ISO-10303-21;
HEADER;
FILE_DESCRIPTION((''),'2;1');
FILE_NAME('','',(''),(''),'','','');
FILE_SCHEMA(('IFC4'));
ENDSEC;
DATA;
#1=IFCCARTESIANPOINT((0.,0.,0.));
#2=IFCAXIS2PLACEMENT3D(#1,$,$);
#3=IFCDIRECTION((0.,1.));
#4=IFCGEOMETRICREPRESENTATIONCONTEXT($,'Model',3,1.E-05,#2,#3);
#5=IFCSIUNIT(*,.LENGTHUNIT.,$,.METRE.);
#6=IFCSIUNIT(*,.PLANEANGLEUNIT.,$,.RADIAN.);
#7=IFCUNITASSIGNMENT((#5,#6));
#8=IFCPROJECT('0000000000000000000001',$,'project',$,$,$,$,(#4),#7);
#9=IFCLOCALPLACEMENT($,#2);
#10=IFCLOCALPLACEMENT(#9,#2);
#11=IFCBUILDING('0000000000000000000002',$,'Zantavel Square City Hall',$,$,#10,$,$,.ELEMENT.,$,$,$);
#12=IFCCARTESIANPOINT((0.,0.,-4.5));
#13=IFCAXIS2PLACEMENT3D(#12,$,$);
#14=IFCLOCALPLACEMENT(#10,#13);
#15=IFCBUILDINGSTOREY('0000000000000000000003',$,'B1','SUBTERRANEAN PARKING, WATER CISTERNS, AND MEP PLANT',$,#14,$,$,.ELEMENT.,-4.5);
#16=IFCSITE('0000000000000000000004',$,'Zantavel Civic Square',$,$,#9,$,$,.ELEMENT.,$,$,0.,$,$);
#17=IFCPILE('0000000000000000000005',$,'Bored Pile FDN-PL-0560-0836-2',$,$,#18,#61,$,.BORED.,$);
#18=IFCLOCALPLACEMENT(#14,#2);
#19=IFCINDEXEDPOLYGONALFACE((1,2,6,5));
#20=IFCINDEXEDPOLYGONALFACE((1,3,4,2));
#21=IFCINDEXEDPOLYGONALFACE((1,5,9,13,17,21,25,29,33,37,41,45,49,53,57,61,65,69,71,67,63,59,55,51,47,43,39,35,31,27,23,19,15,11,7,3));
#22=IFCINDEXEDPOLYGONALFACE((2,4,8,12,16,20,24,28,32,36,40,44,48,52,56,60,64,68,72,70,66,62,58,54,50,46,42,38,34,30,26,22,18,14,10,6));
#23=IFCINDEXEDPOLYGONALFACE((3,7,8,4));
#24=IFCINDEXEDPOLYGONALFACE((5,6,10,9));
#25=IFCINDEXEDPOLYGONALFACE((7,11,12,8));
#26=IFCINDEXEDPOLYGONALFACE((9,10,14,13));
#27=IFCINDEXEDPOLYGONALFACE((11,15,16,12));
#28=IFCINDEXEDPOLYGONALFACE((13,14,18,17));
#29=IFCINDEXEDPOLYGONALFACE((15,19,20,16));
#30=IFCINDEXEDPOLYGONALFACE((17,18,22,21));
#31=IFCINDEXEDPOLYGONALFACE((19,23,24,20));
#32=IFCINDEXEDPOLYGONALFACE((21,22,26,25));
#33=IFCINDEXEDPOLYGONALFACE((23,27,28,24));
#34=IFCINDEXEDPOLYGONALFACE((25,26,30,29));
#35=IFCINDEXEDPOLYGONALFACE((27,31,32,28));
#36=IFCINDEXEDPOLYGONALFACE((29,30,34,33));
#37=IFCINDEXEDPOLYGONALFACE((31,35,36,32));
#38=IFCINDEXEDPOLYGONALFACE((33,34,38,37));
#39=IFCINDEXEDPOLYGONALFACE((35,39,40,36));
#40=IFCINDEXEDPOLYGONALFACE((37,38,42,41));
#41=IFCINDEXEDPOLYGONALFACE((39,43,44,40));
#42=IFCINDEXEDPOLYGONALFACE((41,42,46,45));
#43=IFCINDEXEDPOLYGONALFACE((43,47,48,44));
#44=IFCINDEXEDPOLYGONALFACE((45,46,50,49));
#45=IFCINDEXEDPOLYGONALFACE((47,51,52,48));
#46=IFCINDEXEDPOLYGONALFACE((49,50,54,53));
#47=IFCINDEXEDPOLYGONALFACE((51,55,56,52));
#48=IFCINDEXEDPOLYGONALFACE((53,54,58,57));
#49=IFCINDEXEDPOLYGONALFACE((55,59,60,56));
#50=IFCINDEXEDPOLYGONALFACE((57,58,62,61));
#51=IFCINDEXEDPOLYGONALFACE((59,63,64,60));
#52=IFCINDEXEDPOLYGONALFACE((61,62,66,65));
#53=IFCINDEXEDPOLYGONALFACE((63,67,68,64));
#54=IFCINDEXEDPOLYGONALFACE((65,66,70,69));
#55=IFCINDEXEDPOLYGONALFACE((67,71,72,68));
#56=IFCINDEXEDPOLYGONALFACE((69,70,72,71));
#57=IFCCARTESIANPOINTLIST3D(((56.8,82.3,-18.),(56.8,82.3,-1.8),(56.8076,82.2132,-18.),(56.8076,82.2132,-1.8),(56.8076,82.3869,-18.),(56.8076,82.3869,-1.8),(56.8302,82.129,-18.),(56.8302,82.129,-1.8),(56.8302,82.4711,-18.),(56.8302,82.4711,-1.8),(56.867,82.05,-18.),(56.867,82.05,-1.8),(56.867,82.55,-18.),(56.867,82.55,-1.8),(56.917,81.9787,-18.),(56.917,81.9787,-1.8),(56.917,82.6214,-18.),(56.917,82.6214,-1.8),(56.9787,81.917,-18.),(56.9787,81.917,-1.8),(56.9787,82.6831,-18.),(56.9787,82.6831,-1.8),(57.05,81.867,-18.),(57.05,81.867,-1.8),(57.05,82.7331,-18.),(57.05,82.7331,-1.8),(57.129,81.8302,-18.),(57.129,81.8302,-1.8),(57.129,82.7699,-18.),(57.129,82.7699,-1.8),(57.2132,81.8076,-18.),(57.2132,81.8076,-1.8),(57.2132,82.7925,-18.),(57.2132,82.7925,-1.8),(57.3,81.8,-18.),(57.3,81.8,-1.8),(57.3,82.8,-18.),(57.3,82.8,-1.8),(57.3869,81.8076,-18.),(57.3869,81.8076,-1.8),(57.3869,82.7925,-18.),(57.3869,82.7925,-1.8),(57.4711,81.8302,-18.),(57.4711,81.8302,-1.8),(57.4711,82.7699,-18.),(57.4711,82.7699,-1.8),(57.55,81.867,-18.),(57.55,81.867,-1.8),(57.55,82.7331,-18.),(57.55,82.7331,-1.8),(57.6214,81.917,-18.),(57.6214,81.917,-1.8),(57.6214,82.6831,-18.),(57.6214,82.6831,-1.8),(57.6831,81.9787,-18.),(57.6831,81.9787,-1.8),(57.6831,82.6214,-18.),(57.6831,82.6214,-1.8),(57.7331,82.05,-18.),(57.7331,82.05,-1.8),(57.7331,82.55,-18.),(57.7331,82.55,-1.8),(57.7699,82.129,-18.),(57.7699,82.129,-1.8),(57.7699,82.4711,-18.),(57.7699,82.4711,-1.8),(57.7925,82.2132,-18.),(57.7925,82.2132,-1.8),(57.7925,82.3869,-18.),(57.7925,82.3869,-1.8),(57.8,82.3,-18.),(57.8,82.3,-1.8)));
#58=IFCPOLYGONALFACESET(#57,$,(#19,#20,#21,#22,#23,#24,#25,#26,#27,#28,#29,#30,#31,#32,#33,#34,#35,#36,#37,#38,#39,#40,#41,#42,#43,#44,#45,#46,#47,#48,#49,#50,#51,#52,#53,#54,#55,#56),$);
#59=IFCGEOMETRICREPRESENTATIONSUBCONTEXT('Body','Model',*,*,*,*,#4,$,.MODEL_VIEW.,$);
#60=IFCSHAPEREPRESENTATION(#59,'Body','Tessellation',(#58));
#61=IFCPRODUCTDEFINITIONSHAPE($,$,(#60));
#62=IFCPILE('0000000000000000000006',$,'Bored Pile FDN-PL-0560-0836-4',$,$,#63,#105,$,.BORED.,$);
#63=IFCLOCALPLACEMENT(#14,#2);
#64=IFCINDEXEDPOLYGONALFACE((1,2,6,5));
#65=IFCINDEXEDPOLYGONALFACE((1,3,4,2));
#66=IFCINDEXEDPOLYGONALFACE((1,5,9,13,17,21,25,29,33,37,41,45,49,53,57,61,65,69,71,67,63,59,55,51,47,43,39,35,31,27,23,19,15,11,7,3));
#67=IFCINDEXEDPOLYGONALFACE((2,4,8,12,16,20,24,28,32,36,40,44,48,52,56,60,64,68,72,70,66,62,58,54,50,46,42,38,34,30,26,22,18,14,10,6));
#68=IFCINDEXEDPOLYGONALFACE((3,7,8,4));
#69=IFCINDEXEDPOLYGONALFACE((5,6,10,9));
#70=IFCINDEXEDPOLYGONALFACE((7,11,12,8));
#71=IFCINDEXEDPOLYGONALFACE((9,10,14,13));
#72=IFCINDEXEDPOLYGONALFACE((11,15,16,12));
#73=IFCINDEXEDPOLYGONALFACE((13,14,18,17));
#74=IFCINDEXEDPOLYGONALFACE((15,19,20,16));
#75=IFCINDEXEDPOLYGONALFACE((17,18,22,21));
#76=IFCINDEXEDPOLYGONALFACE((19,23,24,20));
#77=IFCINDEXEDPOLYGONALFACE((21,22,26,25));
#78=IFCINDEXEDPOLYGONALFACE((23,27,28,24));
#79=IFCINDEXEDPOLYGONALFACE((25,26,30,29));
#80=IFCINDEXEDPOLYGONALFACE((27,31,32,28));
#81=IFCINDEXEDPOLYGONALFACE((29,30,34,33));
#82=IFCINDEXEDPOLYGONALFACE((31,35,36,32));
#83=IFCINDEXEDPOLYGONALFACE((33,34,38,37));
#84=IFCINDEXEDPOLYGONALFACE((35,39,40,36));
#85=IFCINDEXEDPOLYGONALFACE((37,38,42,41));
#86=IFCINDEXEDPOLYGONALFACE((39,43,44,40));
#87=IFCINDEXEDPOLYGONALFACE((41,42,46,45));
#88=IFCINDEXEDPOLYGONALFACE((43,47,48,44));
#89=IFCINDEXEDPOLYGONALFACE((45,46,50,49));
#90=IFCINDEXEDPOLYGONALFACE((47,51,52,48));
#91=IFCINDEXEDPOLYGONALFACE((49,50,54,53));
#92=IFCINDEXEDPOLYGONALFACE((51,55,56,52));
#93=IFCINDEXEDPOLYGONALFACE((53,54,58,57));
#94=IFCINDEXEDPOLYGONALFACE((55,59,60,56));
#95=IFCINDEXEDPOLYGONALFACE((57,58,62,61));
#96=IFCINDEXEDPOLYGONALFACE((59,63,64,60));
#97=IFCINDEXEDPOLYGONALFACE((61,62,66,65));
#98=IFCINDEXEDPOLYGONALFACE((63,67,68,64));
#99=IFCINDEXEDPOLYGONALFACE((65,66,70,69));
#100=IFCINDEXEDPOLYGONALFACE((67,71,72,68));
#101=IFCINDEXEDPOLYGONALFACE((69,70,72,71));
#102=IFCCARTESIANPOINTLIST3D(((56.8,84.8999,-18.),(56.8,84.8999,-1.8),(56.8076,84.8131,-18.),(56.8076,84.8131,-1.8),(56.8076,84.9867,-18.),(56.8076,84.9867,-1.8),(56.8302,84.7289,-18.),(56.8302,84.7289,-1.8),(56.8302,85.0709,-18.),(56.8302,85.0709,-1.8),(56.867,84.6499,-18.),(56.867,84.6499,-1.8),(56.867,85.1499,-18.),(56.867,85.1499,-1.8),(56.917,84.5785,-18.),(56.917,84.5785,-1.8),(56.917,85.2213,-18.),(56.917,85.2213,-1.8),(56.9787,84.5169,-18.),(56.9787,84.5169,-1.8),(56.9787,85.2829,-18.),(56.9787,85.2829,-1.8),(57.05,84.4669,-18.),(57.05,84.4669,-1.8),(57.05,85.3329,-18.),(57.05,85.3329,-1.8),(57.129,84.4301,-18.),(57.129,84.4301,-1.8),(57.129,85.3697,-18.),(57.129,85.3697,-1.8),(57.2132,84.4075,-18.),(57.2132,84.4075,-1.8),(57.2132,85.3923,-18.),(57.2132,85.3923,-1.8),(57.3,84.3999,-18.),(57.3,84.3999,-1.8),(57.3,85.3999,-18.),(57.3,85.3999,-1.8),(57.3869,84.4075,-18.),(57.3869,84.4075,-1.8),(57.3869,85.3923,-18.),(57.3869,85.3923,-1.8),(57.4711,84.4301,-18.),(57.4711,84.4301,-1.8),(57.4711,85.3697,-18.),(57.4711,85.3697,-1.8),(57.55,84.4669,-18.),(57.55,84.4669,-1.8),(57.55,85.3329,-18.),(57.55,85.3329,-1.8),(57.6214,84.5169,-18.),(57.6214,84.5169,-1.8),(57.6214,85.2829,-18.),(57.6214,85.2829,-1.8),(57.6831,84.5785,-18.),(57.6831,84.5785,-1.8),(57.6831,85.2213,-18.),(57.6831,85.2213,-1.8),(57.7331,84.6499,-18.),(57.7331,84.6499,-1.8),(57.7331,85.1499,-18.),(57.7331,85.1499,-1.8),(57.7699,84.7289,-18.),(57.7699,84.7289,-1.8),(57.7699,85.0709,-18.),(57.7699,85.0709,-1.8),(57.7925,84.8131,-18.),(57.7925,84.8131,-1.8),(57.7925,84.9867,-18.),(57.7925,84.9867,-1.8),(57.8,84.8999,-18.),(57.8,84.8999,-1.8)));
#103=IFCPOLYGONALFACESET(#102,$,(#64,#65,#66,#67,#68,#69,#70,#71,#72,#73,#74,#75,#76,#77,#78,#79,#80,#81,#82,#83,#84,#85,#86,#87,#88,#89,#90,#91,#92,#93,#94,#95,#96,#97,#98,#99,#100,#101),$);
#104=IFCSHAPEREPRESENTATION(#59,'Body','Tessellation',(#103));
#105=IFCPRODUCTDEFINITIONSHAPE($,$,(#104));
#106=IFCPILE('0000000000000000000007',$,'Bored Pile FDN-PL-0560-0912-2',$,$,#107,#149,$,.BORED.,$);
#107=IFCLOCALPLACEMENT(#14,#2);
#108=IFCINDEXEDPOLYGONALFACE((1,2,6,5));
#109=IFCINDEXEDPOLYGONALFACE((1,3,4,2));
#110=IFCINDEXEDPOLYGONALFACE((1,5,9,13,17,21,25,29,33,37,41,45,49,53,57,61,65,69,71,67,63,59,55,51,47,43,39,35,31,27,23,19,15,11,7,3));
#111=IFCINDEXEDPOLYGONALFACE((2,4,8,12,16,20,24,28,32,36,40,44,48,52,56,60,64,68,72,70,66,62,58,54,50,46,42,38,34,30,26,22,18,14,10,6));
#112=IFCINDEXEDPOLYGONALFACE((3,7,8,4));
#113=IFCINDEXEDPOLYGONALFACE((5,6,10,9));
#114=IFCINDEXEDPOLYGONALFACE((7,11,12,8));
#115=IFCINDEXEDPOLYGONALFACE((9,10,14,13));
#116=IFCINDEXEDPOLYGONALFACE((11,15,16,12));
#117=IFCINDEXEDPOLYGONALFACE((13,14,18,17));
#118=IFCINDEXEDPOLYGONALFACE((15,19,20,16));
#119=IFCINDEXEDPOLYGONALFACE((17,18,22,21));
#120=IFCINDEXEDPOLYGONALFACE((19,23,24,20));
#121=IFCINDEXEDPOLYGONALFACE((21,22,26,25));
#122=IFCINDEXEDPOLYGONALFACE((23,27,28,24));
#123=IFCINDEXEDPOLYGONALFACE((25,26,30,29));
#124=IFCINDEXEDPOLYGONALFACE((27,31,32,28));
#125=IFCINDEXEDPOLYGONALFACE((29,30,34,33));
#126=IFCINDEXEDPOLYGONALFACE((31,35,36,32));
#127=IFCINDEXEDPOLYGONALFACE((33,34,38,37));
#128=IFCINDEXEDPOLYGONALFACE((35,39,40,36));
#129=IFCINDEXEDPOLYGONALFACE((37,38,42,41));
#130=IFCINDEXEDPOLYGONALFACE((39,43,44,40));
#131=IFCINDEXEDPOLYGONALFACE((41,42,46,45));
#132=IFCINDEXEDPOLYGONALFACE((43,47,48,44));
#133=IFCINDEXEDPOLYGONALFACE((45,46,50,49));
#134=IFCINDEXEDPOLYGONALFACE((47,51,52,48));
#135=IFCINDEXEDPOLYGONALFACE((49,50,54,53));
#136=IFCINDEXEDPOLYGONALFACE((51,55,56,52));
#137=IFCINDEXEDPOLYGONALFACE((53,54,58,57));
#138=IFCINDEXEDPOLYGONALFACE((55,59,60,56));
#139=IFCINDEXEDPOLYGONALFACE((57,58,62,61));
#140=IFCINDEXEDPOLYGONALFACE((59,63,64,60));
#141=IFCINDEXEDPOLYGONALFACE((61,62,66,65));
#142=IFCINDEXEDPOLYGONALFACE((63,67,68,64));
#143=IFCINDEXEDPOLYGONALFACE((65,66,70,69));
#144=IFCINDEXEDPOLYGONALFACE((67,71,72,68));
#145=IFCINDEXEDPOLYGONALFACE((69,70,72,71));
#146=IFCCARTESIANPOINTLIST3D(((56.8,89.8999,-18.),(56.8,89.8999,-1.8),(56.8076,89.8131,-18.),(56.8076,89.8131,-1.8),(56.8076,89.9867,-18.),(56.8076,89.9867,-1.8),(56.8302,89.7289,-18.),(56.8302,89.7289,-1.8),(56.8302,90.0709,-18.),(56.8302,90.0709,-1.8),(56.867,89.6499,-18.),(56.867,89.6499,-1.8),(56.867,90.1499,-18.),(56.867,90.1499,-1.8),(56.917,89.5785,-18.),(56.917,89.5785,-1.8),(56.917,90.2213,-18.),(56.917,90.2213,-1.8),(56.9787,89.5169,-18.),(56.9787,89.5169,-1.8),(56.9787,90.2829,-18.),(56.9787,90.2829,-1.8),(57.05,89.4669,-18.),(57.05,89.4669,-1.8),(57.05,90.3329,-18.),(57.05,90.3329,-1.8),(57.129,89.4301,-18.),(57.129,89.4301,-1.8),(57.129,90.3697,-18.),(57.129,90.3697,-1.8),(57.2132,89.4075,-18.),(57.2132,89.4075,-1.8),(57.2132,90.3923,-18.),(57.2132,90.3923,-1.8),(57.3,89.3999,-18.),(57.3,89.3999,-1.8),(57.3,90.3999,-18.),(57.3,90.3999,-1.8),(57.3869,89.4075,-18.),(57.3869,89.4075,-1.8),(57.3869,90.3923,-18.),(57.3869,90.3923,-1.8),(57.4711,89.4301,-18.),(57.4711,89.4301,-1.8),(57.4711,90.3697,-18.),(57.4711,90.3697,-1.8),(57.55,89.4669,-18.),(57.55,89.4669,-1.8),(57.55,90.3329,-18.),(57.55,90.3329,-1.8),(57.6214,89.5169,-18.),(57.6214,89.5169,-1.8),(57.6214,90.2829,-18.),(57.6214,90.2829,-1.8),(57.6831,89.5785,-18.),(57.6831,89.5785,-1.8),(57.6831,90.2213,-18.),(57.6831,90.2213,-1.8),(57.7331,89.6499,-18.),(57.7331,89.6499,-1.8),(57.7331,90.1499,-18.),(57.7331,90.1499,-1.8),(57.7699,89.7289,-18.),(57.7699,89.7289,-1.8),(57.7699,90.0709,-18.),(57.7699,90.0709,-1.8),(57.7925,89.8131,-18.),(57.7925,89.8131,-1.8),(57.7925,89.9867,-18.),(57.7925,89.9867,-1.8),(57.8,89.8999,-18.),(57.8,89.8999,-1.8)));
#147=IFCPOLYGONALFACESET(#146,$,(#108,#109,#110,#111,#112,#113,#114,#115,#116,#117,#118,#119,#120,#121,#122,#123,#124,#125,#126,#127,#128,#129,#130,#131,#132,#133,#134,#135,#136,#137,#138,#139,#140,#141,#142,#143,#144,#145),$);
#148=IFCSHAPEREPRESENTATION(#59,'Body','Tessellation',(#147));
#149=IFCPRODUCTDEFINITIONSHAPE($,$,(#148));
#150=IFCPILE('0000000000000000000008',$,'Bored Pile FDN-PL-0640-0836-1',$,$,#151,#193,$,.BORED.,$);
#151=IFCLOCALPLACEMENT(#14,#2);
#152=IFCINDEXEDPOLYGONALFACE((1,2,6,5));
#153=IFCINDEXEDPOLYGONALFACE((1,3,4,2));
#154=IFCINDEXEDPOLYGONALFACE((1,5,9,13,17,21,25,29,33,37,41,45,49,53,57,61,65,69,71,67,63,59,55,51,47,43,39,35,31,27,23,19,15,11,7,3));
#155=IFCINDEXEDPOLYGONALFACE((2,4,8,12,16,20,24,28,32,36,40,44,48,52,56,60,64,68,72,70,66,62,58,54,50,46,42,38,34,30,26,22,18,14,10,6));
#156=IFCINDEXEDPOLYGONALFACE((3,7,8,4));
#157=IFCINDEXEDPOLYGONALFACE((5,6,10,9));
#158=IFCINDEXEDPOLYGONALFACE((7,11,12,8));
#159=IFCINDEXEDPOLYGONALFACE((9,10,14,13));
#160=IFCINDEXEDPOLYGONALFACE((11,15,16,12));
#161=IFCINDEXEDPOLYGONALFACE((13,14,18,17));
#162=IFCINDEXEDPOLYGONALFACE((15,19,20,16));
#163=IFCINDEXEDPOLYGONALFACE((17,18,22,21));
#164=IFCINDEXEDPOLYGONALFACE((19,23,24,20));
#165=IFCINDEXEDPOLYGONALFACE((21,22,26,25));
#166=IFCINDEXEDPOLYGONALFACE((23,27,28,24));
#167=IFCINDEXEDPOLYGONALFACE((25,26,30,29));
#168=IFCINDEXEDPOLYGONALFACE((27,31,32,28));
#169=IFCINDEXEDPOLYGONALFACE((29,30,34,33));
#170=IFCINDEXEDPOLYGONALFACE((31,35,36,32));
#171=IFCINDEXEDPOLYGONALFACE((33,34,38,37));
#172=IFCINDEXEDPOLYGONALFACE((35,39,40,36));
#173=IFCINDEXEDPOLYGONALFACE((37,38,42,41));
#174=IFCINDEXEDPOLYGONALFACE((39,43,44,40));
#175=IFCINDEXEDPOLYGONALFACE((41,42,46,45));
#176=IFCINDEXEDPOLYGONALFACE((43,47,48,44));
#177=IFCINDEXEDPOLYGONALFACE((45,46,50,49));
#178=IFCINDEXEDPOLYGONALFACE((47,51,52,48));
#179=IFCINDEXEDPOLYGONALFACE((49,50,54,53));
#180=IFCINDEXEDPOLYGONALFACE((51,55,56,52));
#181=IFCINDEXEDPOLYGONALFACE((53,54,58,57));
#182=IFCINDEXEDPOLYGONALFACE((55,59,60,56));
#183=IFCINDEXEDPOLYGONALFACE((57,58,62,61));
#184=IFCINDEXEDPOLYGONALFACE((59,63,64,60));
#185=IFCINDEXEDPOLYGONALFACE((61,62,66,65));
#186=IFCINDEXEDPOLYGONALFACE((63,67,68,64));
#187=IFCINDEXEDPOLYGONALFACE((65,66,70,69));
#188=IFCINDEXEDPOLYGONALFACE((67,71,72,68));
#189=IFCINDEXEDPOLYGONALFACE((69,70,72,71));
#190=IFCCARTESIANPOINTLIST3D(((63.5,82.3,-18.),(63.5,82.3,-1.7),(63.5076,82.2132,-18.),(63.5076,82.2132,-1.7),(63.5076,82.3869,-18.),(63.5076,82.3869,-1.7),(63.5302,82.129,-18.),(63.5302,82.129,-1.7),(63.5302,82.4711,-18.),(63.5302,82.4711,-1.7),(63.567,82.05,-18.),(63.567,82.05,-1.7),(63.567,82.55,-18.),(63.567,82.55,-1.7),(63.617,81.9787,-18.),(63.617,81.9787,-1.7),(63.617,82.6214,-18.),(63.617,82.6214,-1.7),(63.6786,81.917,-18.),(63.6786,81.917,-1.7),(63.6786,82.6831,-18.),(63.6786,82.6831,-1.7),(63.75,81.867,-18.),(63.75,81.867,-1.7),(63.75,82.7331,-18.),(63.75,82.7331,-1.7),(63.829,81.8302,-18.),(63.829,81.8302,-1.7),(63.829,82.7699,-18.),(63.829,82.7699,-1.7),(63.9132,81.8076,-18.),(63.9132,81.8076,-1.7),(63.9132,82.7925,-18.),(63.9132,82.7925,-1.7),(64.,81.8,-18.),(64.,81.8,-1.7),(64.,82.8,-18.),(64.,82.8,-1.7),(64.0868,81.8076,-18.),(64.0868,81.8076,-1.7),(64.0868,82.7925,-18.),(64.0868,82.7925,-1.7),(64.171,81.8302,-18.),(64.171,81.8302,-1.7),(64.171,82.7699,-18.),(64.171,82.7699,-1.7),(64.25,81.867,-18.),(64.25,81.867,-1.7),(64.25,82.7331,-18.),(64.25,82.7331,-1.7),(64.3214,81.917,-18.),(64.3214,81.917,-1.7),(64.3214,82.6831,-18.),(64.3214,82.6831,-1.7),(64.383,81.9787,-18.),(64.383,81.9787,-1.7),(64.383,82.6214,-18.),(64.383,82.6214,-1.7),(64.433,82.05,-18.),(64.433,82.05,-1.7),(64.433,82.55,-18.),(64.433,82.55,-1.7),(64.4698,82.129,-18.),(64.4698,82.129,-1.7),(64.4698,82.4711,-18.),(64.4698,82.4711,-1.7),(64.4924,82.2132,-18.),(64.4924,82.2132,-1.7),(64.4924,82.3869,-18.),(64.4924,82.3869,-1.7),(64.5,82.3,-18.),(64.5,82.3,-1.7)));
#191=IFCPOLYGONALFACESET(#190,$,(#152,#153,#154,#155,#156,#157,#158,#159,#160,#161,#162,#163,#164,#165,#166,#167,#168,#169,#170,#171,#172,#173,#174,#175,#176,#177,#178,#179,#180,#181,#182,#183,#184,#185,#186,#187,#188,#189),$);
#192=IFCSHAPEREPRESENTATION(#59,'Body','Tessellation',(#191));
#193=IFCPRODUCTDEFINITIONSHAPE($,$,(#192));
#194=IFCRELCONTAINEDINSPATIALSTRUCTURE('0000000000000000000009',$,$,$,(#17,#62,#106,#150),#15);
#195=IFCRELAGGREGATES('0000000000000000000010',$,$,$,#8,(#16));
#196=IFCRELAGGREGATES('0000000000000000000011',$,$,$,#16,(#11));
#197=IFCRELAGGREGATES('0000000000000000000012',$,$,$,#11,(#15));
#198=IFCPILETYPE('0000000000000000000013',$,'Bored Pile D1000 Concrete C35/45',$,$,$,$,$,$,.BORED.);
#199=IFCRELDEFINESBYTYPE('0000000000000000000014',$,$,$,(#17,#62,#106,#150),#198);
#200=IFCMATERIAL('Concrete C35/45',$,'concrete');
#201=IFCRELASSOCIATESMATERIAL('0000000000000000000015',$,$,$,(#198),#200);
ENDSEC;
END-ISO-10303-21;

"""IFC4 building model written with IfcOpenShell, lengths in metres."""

from ifc_helpers import new_model, si_unit, direction, frame, origin, origin_2d, place, context, subcontext, project, spatial, circle, extrude, material, material_profile, profile_set, type_object, element, save


model = new_model("IFC4")

# Units and contexts
model_context = context("Model", 3, precision=1e-05, world=origin(), true_north=direction((0.0, 1.0)))
body_context = subcontext(model_context, "Body", "Model", "MODEL_VIEW")
ifc_project = project(units=[si_unit("LENGTHUNIT", "METRE"), si_unit("PLANEANGLEUNIT", "RADIAN")], contexts=[model_context])

# Site, building, storey
site_placement = place(None, origin())
site = spatial("IfcSite", under=ifc_project, at=site_placement, Name="Zantavel Civic Square", CompositionType="ELEMENT", RefElevation=0.0)
building_placement = place(site_placement, origin())
building = spatial("IfcBuilding", under=site, at=building_placement, Name="Zantavel Square City Hall", CompositionType="ELEMENT")
storey_placement = place(building_placement, frame((0.0, 0.0, -4.5)))
storey = spatial("IfcBuildingStorey", under=building, at=storey_placement, Name="B1", Description="SUBTERRANEAN PARKING, WATER CISTERNS, AND MEP PLANT", CompositionType="ELEMENT", Elevation=-4.5)

# Piles
ifc_material_1 = material(Name="Concrete C35/45", Category="concrete")
ifc_material_profile_1 = material_profile(ifc_material_1, circle(Radius=0.5, at=origin_2d()), Name="PILE D1000")
ifc_profile_set_1 = profile_set([ifc_material_profile_1], Name="Concrete C35/45")
pile_type = type_object("IfcPileType", Name="Bored Pile D1000 Concrete C35/45", PredefinedType="BORED", material=ifc_profile_set_1)
for number, where, z_axis, x_axis, name in (
    (1, (57.3, 82.3, -1.8), (0.0, 0.0, -1.0), (1.0, 0.0, 0.0), "Bored Pile FDN-PL-0560-0836-2"),
    (2, (57.3, 84.8999, -1.8), (0.0, 0.0, -1.0), (1.0, 0.0, 0.0), "Bored Pile FDN-PL-0560-0836-4"),
    (3, (57.3, 89.8999, -1.8), (0.0, 0.0, -1.0), (1.0, 0.0, 0.0), "Bored Pile FDN-PL-0560-0912-2"),
):
    element("IfcPile", number, at=place(storey_placement, frame(where, z_axis=z_axis, x_axis=x_axis)), inside=storey, type_object=pile_type, Name=name, PredefinedType="BORED", context=body_context, shape_type="SweptSolid", body=[
        extrude(circle(Radius=0.5, at=origin_2d()), origin(), (0.0, 0.0, 1.0), 16.2),
    ])
pile_1_placement = place(storey_placement, frame((64.0, 82.3, -1.7), z_axis=(0.0, 0.0, -1.0), x_axis=(1.0, 0.0, 0.0)))
element("IfcPile", 4, at=pile_1_placement, inside=storey, type_object=pile_type, Name="Bored Pile FDN-PL-0640-0836-1", PredefinedType="BORED", context=body_context, shape_type="SweptSolid", body=[
    extrude(circle(Radius=0.5, at=origin_2d()), origin(), (0.0, 0.0, 1.0), 16.3),
])

save(model, "model.ifc")
